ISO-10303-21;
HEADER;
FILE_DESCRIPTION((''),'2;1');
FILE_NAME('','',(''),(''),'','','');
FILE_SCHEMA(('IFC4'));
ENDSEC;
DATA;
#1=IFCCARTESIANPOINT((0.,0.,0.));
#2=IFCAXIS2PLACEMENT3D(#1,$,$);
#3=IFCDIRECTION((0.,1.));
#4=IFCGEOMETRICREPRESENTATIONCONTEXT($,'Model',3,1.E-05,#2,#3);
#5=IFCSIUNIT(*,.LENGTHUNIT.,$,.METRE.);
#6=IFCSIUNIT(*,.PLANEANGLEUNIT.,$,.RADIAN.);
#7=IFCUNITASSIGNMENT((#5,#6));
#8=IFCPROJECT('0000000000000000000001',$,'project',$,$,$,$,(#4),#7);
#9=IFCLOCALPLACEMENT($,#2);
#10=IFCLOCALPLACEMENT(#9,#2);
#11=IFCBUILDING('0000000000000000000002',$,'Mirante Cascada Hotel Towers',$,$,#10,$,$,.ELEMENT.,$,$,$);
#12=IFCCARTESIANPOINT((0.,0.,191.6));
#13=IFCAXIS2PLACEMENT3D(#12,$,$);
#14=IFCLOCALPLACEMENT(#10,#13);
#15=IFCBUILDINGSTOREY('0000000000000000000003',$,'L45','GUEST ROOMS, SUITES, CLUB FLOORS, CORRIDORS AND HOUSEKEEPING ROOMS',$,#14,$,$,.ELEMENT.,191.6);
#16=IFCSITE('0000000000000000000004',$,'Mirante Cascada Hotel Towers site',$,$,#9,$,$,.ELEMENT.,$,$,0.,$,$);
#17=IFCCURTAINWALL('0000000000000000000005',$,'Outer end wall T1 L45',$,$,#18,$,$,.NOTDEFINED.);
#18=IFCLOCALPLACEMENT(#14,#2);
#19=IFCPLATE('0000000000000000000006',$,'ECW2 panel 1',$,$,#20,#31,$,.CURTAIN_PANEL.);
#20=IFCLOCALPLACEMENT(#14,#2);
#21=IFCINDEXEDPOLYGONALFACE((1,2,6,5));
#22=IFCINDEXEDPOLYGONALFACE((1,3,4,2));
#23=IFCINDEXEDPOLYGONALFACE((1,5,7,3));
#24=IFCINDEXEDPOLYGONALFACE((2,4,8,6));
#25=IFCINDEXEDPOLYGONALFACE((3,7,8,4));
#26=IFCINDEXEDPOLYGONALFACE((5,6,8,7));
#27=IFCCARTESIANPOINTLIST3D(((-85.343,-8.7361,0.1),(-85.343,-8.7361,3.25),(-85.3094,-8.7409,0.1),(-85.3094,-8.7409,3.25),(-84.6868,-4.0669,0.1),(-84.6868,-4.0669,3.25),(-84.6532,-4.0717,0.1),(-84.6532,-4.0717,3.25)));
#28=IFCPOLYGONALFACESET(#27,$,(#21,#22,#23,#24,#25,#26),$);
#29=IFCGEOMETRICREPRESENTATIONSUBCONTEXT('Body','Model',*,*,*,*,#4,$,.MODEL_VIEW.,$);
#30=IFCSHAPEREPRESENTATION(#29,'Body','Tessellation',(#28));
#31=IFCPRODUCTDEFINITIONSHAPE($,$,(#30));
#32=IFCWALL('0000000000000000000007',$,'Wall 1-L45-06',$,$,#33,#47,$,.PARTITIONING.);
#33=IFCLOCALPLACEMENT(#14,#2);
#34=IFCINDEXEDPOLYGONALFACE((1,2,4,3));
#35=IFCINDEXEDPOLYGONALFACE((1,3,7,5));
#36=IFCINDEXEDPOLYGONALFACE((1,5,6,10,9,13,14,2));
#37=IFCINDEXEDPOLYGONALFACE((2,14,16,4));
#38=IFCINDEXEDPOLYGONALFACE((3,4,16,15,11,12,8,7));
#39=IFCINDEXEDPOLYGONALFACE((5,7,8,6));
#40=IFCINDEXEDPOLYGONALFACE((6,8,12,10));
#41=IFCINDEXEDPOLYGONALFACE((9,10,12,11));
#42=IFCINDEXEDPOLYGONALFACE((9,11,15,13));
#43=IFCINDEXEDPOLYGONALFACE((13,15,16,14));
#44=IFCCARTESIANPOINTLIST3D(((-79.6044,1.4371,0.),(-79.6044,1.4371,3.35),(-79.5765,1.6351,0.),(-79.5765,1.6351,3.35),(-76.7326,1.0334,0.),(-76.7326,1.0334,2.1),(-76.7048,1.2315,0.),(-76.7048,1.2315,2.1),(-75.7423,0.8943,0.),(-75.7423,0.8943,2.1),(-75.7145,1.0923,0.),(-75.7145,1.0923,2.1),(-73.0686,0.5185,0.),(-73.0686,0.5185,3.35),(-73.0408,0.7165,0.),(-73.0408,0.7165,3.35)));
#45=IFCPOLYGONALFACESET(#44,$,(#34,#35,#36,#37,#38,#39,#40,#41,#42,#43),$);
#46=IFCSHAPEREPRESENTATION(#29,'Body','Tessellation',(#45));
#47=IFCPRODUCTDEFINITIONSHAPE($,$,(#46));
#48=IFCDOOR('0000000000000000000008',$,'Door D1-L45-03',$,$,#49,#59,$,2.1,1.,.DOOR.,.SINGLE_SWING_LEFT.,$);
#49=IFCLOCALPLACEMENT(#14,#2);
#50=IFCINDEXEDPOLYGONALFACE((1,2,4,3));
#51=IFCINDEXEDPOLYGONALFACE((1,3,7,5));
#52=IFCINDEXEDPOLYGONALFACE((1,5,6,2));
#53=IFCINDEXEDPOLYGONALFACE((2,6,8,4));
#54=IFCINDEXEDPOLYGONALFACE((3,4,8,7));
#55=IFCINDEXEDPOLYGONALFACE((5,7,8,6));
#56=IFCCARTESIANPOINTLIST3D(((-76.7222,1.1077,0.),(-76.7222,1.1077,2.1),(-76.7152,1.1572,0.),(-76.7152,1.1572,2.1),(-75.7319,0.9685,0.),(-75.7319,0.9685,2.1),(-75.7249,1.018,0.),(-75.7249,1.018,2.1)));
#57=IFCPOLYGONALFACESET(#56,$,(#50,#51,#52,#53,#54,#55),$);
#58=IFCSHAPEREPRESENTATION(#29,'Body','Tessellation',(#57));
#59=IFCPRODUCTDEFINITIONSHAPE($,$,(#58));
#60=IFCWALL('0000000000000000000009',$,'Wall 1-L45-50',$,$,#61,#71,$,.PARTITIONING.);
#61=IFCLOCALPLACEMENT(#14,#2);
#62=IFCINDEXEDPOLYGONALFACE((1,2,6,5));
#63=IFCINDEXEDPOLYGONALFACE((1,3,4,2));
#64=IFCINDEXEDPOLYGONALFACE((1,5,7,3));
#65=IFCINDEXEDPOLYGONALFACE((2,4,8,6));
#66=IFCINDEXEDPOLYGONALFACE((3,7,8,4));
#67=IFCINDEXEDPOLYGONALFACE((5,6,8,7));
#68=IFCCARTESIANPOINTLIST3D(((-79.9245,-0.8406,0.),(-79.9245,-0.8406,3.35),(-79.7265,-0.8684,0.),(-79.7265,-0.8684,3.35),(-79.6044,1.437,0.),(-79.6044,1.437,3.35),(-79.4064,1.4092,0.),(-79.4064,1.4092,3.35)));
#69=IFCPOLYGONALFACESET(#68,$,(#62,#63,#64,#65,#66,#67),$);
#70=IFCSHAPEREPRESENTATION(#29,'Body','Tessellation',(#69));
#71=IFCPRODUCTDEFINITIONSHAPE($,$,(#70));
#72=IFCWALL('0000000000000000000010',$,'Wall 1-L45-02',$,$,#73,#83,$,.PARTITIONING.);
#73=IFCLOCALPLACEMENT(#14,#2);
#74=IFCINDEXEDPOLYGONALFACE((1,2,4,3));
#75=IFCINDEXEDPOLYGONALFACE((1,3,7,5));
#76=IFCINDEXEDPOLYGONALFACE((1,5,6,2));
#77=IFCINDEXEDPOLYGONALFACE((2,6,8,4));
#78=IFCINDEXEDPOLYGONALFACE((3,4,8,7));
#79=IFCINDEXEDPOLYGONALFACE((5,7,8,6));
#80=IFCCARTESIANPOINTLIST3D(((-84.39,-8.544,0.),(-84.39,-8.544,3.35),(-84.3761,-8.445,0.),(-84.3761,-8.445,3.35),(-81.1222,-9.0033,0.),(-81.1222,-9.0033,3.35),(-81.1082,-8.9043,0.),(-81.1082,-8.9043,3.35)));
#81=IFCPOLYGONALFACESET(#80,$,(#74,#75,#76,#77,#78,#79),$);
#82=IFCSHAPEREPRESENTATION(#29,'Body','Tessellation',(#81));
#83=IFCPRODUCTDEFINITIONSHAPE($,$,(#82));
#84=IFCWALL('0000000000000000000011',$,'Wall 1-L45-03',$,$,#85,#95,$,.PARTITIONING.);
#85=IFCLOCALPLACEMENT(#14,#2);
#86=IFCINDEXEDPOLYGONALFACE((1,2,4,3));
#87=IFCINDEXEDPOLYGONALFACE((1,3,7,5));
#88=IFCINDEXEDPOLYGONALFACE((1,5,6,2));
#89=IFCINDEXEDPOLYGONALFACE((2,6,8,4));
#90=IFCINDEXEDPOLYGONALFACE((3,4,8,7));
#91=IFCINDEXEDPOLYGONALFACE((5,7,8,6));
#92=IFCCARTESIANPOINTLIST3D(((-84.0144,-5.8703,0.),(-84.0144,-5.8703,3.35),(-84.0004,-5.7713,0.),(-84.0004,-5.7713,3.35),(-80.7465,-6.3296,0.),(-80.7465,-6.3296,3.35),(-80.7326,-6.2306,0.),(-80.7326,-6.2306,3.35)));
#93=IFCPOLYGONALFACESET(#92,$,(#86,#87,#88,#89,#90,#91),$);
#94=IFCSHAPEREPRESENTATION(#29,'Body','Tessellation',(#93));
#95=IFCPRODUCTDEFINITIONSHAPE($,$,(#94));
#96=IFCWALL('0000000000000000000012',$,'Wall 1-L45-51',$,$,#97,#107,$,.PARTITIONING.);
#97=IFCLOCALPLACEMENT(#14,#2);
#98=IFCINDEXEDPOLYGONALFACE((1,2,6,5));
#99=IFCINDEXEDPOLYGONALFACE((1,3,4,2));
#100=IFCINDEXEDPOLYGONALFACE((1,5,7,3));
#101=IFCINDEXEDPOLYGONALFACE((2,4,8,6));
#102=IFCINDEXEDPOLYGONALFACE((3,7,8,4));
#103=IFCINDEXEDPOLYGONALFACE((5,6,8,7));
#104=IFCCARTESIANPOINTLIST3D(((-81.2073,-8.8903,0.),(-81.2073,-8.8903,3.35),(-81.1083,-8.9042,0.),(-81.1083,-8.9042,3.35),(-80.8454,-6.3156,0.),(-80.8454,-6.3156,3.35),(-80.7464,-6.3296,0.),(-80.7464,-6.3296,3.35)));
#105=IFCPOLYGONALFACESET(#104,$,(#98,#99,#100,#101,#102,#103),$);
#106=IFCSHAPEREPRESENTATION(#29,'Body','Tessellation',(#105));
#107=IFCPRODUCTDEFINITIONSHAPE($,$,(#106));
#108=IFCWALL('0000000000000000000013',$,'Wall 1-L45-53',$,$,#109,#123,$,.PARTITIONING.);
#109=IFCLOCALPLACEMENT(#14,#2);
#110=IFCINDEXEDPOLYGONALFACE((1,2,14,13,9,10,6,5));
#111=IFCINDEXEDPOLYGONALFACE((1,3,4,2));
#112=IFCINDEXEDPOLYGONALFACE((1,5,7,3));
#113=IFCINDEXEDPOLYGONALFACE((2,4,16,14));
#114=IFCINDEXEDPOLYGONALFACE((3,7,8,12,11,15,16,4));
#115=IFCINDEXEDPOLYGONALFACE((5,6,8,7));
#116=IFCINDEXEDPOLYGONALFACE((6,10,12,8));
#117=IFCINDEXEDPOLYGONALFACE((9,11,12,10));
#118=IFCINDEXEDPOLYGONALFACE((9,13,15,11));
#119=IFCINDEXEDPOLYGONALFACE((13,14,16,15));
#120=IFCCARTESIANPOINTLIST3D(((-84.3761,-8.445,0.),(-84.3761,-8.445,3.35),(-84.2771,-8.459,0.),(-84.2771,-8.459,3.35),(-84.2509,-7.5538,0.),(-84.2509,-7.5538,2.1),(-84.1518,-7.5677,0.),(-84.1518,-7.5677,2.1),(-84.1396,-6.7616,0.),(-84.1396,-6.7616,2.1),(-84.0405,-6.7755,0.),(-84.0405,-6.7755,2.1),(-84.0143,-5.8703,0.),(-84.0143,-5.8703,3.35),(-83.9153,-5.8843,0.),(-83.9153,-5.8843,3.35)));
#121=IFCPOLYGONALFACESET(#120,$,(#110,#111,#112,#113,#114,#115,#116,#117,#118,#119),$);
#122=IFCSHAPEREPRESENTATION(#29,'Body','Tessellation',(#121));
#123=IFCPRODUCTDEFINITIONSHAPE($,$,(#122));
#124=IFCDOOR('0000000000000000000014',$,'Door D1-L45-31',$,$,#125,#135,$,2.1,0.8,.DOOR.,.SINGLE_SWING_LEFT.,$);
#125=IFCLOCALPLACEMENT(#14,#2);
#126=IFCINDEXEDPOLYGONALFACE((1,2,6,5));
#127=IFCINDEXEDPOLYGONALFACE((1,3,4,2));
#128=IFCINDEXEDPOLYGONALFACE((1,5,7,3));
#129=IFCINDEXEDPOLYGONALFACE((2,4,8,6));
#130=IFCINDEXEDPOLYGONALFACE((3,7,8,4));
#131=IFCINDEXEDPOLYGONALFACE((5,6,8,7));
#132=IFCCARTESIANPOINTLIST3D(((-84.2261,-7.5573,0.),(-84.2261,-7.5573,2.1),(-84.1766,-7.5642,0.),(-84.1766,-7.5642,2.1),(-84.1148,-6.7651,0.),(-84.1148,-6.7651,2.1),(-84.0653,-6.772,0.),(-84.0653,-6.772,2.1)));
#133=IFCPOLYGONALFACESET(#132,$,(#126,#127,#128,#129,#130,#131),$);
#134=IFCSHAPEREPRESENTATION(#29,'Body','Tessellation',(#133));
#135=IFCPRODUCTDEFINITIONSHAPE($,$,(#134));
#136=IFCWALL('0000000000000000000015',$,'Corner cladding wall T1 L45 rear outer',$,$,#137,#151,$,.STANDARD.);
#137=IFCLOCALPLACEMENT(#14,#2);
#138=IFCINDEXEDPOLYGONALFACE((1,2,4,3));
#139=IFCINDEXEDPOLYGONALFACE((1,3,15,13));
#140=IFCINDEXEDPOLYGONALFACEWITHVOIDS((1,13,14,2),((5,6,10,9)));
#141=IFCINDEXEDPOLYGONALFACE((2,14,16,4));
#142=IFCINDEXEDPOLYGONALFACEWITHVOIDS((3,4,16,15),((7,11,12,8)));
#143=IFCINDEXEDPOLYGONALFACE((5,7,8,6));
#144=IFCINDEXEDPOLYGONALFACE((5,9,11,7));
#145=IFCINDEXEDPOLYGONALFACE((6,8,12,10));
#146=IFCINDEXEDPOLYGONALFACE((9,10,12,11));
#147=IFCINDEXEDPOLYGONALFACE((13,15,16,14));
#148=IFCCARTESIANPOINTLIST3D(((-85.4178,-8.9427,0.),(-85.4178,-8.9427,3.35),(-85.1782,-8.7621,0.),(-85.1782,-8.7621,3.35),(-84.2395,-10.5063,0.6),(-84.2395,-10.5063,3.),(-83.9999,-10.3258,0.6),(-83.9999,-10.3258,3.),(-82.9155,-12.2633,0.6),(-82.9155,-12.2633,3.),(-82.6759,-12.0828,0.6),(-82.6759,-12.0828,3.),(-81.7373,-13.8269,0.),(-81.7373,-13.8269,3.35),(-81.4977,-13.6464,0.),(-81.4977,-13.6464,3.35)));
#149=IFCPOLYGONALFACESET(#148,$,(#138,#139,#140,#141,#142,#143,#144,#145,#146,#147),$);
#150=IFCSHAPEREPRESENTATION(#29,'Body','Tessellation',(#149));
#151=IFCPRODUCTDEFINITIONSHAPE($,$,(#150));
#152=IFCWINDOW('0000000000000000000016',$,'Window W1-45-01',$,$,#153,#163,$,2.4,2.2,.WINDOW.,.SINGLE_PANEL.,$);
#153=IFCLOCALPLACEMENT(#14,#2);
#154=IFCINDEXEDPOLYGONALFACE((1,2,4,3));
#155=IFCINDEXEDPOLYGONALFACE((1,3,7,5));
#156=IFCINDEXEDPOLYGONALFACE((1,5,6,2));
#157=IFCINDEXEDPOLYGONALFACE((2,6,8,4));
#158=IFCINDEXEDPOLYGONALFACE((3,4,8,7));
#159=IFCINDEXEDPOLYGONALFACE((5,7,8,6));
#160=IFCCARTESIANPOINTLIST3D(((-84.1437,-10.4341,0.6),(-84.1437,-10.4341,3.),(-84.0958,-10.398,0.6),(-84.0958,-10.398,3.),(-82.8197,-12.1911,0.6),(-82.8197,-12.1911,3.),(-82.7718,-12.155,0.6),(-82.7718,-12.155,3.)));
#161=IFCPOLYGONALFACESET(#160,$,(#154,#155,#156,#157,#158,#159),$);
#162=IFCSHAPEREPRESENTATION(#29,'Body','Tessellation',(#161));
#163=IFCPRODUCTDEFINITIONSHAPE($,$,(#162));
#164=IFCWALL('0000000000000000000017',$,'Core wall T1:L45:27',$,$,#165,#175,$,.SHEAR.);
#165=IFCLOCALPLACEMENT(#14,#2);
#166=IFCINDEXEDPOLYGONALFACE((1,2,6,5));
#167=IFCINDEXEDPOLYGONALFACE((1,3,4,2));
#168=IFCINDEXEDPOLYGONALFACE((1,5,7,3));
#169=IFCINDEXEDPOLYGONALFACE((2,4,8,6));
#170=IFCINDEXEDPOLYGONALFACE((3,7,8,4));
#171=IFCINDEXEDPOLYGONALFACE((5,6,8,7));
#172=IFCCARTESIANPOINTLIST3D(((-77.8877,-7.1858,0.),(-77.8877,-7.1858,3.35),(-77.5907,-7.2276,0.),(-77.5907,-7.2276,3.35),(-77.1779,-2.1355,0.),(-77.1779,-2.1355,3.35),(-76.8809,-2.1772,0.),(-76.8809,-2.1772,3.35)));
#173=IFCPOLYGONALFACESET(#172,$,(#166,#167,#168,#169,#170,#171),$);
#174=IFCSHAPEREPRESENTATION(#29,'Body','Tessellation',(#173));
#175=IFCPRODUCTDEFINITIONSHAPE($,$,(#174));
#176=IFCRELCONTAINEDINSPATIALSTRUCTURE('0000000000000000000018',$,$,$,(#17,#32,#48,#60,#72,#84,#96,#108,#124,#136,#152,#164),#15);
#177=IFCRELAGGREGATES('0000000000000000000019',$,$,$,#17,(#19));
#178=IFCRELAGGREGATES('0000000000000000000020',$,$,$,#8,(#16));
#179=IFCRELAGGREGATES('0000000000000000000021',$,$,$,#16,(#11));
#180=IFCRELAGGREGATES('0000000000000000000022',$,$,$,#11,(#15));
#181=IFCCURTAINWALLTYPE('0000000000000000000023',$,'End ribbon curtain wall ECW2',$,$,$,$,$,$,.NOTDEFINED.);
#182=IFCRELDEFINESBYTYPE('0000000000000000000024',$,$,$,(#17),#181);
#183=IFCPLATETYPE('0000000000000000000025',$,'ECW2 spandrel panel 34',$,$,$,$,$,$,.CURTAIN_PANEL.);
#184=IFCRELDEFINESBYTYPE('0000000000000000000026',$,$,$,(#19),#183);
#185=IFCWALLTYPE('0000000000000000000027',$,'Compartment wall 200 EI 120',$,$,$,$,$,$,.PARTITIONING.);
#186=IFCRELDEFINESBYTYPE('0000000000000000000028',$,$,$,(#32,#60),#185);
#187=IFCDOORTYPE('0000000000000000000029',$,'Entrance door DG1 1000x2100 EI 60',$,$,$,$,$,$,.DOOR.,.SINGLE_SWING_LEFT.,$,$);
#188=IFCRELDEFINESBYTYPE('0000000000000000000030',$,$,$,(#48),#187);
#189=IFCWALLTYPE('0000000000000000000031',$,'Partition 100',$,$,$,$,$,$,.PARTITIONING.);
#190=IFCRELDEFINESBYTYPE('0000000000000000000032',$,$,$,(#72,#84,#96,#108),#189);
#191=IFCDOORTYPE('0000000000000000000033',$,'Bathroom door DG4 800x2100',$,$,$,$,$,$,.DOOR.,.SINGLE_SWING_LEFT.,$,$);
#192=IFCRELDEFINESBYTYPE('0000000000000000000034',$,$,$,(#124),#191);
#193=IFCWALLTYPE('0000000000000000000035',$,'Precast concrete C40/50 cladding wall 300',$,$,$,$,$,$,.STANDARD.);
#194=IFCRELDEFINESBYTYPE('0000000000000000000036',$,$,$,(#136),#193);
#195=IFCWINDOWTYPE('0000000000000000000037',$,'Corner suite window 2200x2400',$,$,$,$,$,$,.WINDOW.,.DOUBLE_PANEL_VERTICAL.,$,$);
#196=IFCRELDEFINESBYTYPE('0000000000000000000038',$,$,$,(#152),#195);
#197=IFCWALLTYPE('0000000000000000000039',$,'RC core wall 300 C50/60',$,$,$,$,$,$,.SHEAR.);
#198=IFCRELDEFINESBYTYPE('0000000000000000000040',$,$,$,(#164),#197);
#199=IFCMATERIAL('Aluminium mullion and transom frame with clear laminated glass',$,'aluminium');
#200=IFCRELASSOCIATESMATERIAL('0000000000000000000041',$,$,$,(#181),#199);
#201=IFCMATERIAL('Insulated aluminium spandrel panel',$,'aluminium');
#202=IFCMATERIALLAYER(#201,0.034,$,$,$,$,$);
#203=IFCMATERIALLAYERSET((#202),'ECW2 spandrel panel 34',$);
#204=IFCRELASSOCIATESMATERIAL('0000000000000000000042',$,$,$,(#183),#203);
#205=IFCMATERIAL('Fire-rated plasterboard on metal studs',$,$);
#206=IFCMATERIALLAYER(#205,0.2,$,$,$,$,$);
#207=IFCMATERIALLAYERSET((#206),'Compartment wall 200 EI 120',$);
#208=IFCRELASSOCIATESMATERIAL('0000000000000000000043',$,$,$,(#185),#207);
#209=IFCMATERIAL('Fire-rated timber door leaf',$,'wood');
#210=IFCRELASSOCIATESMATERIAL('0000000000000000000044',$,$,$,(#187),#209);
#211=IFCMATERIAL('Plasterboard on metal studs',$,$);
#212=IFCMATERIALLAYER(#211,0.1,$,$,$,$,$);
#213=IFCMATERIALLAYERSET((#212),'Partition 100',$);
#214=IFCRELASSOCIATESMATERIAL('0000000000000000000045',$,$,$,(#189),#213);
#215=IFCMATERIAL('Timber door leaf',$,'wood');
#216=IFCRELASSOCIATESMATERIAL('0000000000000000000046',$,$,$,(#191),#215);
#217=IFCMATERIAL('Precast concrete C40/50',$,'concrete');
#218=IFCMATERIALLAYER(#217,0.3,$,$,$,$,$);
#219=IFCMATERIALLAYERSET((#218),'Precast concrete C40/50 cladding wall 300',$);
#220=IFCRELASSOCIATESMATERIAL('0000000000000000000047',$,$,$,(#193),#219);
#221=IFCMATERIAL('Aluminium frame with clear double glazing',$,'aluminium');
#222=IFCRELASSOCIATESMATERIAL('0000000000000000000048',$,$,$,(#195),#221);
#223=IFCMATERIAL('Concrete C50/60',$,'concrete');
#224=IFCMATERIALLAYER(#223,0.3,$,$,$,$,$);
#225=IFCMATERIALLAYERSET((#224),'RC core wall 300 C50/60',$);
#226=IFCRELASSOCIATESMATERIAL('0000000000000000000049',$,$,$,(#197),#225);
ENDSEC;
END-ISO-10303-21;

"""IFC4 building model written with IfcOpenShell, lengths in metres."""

from ifc_helpers import new_model, si_unit, direction, frame, frame_2d, origin, origin_2d, place, context, subcontext, project, spatial, rectangle, extrude, material, layer, layer_set, type_object, element, fill, aggregate, save


model = new_model("IFC4")

# Units and contexts
model_context = context("Model", 3, precision=1e-05, world=origin(), true_north=direction((0.0, 1.0)))
body_context = subcontext(model_context, "Body", "Model", "MODEL_VIEW")
ifc_project = project(units=[si_unit("LENGTHUNIT", "METRE"), si_unit("PLANEANGLEUNIT", "RADIAN")], contexts=[model_context])

# Site, building, storey
site_placement = place(None, origin())
site = spatial("IfcSite", under=ifc_project, at=site_placement, Name="Mirante Cascada Hotel Towers site", CompositionType="ELEMENT", RefElevation=0.0)
building_placement = place(site_placement, origin())
building = spatial("IfcBuilding", under=site, at=building_placement, Name="Mirante Cascada Hotel Towers", CompositionType="ELEMENT")
storey_placement = place(building_placement, frame((0.0, 0.0, 191.6)))
storey = spatial("IfcBuildingStorey", under=building, at=storey_placement, Name="L45", Description="GUEST ROOMS, SUITES, CLUB FLOORS, CORRIDORS AND HOUSEKEEPING ROOMS", CompositionType="ELEMENT", Elevation=191.6)

# Curtain wall, plate
ifc_material_1 = material(Name="Aluminium mullion and transom frame with clear laminated glass", Category="aluminium")
curtain_wall_type = type_object("IfcCurtainWallType", Name="End ribbon curtain wall ECW2", PredefinedType="NOTDEFINED", material=ifc_material_1)
curtain_wall_placement = place(storey_placement, origin())
curtain_wall = element("IfcCurtainWall", 1, at=curtain_wall_placement, inside=storey, type_object=curtain_wall_type, Name="Outer end wall T1 L45", PredefinedType="NOTDEFINED")
ifc_material_2 = material(Name="Insulated aluminium spandrel panel", Category="aluminium")
ifc_layer_1 = layer(ifc_material_2, 0.034)
ifc_layer_set_1 = layer_set([ifc_layer_1], Name="ECW2 spandrel panel 34")
plate_type_1 = type_object("IfcPlateType", Name="ECW2 spandrel panel 34", PredefinedType="CURTAIN_PANEL", material=ifc_layer_set_1)
plate_1_placement = place(storey_placement, frame((-84.9981, -6.4039, 0.1), z_axis=(0.0, 0.0, 1.0), x_axis=(0.139173, 0.990268, 0.0)))
plate_1 = element("IfcPlate", 2, at=plate_1_placement, type_object=plate_type_1, Name="ECW2 panel 1", PredefinedType="CURTAIN_PANEL", context=body_context, shape_type="SweptSolid", body=[
    extrude(rectangle(XDim=4.7151, YDim=0.034, at=origin_2d()), origin(), (0.0, 0.0, 1.0), 3.15),
])
aggregate(curtain_wall, [plate_1])

# Wall, opening, door
ifc_material_3 = material(Name="Fire-rated plasterboard on metal studs")
ifc_layer_2 = layer(ifc_material_3, 0.2)
ifc_layer_set_2 = layer_set([ifc_layer_2], Name="Compartment wall 200 EI 120")
wall_type_1 = type_object("IfcWallType", Name="Compartment wall 200 EI 120", PredefinedType="PARTITIONING", material=ifc_layer_set_2)
wall_1_placement = place(storey_placement, frame((-73.0547, 0.6175, 0.0), z_axis=(0.0, 0.0, 1.0), x_axis=(-0.990267, 0.139181, 0.0)))
wall_1 = element("IfcWall", 3, at=wall_1_placement, inside=storey, type_object=wall_type_1, Name="Wall 1-L45-06", PredefinedType="PARTITIONING", context=body_context, shape_type="SweptSolid", body=[
    extrude(rectangle(XDim=6.6, YDim=0.2, at=frame_2d((3.3, 0.0))), origin(), (0.0, 0.0, 1.0), 3.35),
])
opening_1_placement = place(wall_1_placement, frame((2.7, 0.0, 0.0)))
opening_1 = element("IfcOpeningElement", 4, at=opening_1_placement, cuts=wall_1, PredefinedType="OPENING", context=body_context, shape_type="SweptSolid", body=[
    extrude(rectangle(XDim=1.0, YDim=2.1, at=frame_2d((0.5, 1.05))), frame((0.0, 0.1, 0.0), z_axis=(0.0, -1.0, 0.0), x_axis=(1.0, 0.0, 0.0)), (0.0, 0.0, 1.0), 0.2),
])
ifc_material_4 = material(Name="Fire-rated timber door leaf", Category="wood")
door_type_1 = type_object("IfcDoorType", Name="Entrance door DG1 1000x2100 EI 60", OperationType="SINGLE_SWING_LEFT", PredefinedType="DOOR", material=ifc_material_4)
door_1_placement = place(opening_1_placement, origin())
door_1 = element("IfcDoor", 5, at=door_1_placement, inside=storey, type_object=door_type_1, Name="Door D1-L45-03", OperationType="SINGLE_SWING_LEFT", OverallHeight=2.1, OverallWidth=1.0, PredefinedType="DOOR", context=body_context, shape_type="SweptSolid", body=[
    extrude(rectangle(XDim=1.0, YDim=2.1, at=frame_2d((0.5, 1.05))), frame((0.0, 0.025, 0.0), z_axis=(0.0, -1.0, 0.0), x_axis=(1.0, 0.0, 0.0)), (0.0, 0.0, 1.0), 0.05),
])
fill(opening_1, door_1)

# Walls
wall_2_placement = place(storey_placement, frame((-79.8255, -0.8545, 0.0), z_axis=(0.0, 0.0, 1.0), x_axis=(0.139175, 0.990268, 0.0)))
element("IfcWall", 6, at=wall_2_placement, inside=storey, type_object=wall_type_1, Name="Wall 1-L45-50", PredefinedType="PARTITIONING", context=body_context, shape_type="SweptSolid", body=[
    extrude(rectangle(XDim=2.3, YDim=0.2, at=frame_2d((1.15, 0.0))), origin(), (0.0, 0.0, 1.0), 3.35),
])
ifc_material_5 = material(Name="Plasterboard on metal studs")
ifc_layer_3 = layer(ifc_material_5, 0.1)
ifc_layer_set_3 = layer_set([ifc_layer_3], Name="Partition 100")
wall_type_2 = type_object("IfcWallType", Name="Partition 100", PredefinedType="PARTITIONING", material=ifc_layer_set_3)
for number, where, z_axis, x_axis, name in (
    (7, (-81.1152, -8.9538, 0.0), (0.0, 0.0, 1.0), (-0.990267, 0.139181, 0.0), "Wall 1-L45-02"),
    (8, (-84.0074, -5.8208, 0.0), (0.0, 0.0, 1.0), (0.990267, -0.139181, 0.0), "Wall 1-L45-03"),
):
    element("IfcWall", number, at=place(storey_placement, frame(where, z_axis=z_axis, x_axis=x_axis)), inside=storey, type_object=wall_type_2, Name=name, PredefinedType="PARTITIONING", context=body_context, shape_type="SweptSolid", body=[
        extrude(rectangle(XDim=3.3, YDim=0.1, at=frame_2d((1.65, 0.0))), origin(), (0.0, 0.0, 1.0), 3.35),
    ])
wall_3_placement = place(storey_placement, frame((-80.7959, -6.3226, 0.0), z_axis=(0.0, 0.0, 1.0), x_axis=(-0.139192, -0.990265, 0.0)))
element("IfcWall", 9, at=wall_3_placement, inside=storey, type_object=wall_type_2, Name="Wall 1-L45-51", PredefinedType="PARTITIONING", context=body_context, shape_type="SweptSolid", body=[
    extrude(rectangle(XDim=2.6, YDim=0.1, at=frame_2d((1.3, 0.0))), origin(), (0.0, 0.0, 1.0), 3.35),
])

# Wall, opening, door
wall_4_placement = place(storey_placement, frame((-83.9648, -5.8773, 0.0), z_axis=(0.0, 0.0, 1.0), x_axis=(-0.139154, -0.990271, 0.0)))
wall_4 = element("IfcWall", 10, at=wall_4_placement, inside=storey, type_object=wall_type_2, Name="Wall 1-L45-53", PredefinedType="PARTITIONING", context=body_context, shape_type="SweptSolid", body=[
    extrude(rectangle(XDim=2.6, YDim=0.1, at=frame_2d((1.3, 0.0))), origin(), (0.0, 0.0, 1.0), 3.35),
])
opening_2_placement = place(wall_4_placement, frame((0.9, 0.0, 0.0)))
opening_2 = element("IfcOpeningElement", 11, at=opening_2_placement, cuts=wall_4, PredefinedType="OPENING", context=body_context, shape_type="SweptSolid", body=[
    extrude(rectangle(XDim=0.8, YDim=2.1, at=frame_2d((0.4, 1.05))), frame((0.0, 0.05, 0.0), z_axis=(0.0, -1.0, 0.0), x_axis=(1.0, 0.0, 0.0)), (0.0, 0.0, 1.0), 0.1),
])
ifc_material_6 = material(Name="Timber door leaf", Category="wood")
door_type_2 = type_object("IfcDoorType", Name="Bathroom door DG4 800x2100", OperationType="SINGLE_SWING_LEFT", PredefinedType="DOOR", material=ifc_material_6)
door_2_placement = place(opening_2_placement, origin())
door_2 = element("IfcDoor", 12, at=door_2_placement, inside=storey, type_object=door_type_2, Name="Door D1-L45-31", OperationType="SINGLE_SWING_LEFT", OverallHeight=2.1, OverallWidth=0.8, PredefinedType="DOOR", context=body_context, shape_type="SweptSolid", body=[
    extrude(rectangle(XDim=0.8, YDim=2.1, at=frame_2d((0.4, 1.05))), frame((0.0, 0.025, 0.0), z_axis=(0.0, -1.0, 0.0), x_axis=(1.0, 0.0, 0.0)), (0.0, 0.0, 1.0), 0.05),
])
fill(opening_2, door_2)

# Wall, opening, window
ifc_material_7 = material(Name="Precast concrete C40/50", Category="concrete")
ifc_layer_4 = layer(ifc_material_7, 0.3)
ifc_layer_set_4 = layer_set([ifc_layer_4], Name="Precast concrete C40/50 cladding wall 300")
wall_type_3 = type_object("IfcWallType", Name="Precast concrete C40/50 cladding wall 300", PredefinedType="STANDARD", material=ifc_layer_set_4)
wall_5_placement = place(storey_placement, frame((-81.6175, -13.7366, 0.0), z_axis=(0.0, 0.0, 1.0), x_axis=(-0.601814, 0.798636, 0.0)))
wall_5 = element("IfcWall", 13, at=wall_5_placement, inside=storey, type_object=wall_type_3, Name="Corner cladding wall T1 L45 rear outer", PredefinedType="STANDARD", context=body_context, shape_type="SweptSolid", body=[
    extrude(rectangle(XDim=6.1157, YDim=0.3, at=frame_2d((3.0578, 0.0))), origin(), (0.0, 0.0, 1.0), 3.35),
])
opening_3_placement = place(wall_5_placement, frame((1.9578, 0.0, 0.6)))
opening_3 = element("IfcOpeningElement", 14, at=opening_3_placement, cuts=wall_5, PredefinedType="OPENING", context=body_context, shape_type="SweptSolid", body=[
    extrude(rectangle(XDim=2.2, YDim=2.4, at=frame_2d((1.1, 1.2))), frame((0.0, 0.15, 0.0), z_axis=(0.0, -1.0, 0.0), x_axis=(1.0, 0.0, 0.0)), (0.0, 0.0, 1.0), 0.3),
])
ifc_material_8 = material(Name="Aluminium frame with clear double glazing", Category="aluminium")
window_type = type_object("IfcWindowType", Name="Corner suite window 2200x2400", PartitioningType="DOUBLE_PANEL_VERTICAL", PredefinedType="WINDOW", material=ifc_material_8)
window_placement = place(opening_3_placement, origin())
window = element("IfcWindow", 15, at=window_placement, inside=storey, type_object=window_type, Name="Window W1-45-01", OverallHeight=2.4, OverallWidth=2.2, PartitioningType="SINGLE_PANEL", PredefinedType="WINDOW", context=body_context, shape_type="SweptSolid", body=[
    extrude(rectangle(XDim=2.2, YDim=2.4, at=frame_2d((1.1, 1.2))), frame((0.0, 0.03, 0.0), z_axis=(0.0, -1.0, 0.0), x_axis=(1.0, 0.0, 0.0)), (0.0, 0.0, 1.0), 0.06),
])
fill(opening_3, window)

# Wall
ifc_material_9 = material(Name="Concrete C50/60", Category="concrete")
ifc_layer_5 = layer(ifc_material_9, 0.3)
ifc_layer_set_5 = layer_set([ifc_layer_5], Name="RC core wall 300 C50/60")
wall_type_4 = type_object("IfcWallType", Name="RC core wall 300 C50/60", PredefinedType="SHEAR", material=ifc_layer_set_5)
wall_6_placement = place(storey_placement, frame((-77.7392, -7.2067, 0.0), z_axis=(0.0, 0.0, 1.0), x_axis=(0.139176, 0.990268, 0.0)))
element("IfcWall", 16, at=wall_6_placement, inside=storey, type_object=wall_type_4, Name="Core wall T1:L45:27", PredefinedType="SHEAR", context=body_context, shape_type="SweptSolid", body=[
    extrude(rectangle(XDim=5.1, YDim=0.3, at=frame_2d((2.55, 0.0))), origin(), (0.0, 0.0, 1.0), 3.35),
])

save(model, "model.ifc")
